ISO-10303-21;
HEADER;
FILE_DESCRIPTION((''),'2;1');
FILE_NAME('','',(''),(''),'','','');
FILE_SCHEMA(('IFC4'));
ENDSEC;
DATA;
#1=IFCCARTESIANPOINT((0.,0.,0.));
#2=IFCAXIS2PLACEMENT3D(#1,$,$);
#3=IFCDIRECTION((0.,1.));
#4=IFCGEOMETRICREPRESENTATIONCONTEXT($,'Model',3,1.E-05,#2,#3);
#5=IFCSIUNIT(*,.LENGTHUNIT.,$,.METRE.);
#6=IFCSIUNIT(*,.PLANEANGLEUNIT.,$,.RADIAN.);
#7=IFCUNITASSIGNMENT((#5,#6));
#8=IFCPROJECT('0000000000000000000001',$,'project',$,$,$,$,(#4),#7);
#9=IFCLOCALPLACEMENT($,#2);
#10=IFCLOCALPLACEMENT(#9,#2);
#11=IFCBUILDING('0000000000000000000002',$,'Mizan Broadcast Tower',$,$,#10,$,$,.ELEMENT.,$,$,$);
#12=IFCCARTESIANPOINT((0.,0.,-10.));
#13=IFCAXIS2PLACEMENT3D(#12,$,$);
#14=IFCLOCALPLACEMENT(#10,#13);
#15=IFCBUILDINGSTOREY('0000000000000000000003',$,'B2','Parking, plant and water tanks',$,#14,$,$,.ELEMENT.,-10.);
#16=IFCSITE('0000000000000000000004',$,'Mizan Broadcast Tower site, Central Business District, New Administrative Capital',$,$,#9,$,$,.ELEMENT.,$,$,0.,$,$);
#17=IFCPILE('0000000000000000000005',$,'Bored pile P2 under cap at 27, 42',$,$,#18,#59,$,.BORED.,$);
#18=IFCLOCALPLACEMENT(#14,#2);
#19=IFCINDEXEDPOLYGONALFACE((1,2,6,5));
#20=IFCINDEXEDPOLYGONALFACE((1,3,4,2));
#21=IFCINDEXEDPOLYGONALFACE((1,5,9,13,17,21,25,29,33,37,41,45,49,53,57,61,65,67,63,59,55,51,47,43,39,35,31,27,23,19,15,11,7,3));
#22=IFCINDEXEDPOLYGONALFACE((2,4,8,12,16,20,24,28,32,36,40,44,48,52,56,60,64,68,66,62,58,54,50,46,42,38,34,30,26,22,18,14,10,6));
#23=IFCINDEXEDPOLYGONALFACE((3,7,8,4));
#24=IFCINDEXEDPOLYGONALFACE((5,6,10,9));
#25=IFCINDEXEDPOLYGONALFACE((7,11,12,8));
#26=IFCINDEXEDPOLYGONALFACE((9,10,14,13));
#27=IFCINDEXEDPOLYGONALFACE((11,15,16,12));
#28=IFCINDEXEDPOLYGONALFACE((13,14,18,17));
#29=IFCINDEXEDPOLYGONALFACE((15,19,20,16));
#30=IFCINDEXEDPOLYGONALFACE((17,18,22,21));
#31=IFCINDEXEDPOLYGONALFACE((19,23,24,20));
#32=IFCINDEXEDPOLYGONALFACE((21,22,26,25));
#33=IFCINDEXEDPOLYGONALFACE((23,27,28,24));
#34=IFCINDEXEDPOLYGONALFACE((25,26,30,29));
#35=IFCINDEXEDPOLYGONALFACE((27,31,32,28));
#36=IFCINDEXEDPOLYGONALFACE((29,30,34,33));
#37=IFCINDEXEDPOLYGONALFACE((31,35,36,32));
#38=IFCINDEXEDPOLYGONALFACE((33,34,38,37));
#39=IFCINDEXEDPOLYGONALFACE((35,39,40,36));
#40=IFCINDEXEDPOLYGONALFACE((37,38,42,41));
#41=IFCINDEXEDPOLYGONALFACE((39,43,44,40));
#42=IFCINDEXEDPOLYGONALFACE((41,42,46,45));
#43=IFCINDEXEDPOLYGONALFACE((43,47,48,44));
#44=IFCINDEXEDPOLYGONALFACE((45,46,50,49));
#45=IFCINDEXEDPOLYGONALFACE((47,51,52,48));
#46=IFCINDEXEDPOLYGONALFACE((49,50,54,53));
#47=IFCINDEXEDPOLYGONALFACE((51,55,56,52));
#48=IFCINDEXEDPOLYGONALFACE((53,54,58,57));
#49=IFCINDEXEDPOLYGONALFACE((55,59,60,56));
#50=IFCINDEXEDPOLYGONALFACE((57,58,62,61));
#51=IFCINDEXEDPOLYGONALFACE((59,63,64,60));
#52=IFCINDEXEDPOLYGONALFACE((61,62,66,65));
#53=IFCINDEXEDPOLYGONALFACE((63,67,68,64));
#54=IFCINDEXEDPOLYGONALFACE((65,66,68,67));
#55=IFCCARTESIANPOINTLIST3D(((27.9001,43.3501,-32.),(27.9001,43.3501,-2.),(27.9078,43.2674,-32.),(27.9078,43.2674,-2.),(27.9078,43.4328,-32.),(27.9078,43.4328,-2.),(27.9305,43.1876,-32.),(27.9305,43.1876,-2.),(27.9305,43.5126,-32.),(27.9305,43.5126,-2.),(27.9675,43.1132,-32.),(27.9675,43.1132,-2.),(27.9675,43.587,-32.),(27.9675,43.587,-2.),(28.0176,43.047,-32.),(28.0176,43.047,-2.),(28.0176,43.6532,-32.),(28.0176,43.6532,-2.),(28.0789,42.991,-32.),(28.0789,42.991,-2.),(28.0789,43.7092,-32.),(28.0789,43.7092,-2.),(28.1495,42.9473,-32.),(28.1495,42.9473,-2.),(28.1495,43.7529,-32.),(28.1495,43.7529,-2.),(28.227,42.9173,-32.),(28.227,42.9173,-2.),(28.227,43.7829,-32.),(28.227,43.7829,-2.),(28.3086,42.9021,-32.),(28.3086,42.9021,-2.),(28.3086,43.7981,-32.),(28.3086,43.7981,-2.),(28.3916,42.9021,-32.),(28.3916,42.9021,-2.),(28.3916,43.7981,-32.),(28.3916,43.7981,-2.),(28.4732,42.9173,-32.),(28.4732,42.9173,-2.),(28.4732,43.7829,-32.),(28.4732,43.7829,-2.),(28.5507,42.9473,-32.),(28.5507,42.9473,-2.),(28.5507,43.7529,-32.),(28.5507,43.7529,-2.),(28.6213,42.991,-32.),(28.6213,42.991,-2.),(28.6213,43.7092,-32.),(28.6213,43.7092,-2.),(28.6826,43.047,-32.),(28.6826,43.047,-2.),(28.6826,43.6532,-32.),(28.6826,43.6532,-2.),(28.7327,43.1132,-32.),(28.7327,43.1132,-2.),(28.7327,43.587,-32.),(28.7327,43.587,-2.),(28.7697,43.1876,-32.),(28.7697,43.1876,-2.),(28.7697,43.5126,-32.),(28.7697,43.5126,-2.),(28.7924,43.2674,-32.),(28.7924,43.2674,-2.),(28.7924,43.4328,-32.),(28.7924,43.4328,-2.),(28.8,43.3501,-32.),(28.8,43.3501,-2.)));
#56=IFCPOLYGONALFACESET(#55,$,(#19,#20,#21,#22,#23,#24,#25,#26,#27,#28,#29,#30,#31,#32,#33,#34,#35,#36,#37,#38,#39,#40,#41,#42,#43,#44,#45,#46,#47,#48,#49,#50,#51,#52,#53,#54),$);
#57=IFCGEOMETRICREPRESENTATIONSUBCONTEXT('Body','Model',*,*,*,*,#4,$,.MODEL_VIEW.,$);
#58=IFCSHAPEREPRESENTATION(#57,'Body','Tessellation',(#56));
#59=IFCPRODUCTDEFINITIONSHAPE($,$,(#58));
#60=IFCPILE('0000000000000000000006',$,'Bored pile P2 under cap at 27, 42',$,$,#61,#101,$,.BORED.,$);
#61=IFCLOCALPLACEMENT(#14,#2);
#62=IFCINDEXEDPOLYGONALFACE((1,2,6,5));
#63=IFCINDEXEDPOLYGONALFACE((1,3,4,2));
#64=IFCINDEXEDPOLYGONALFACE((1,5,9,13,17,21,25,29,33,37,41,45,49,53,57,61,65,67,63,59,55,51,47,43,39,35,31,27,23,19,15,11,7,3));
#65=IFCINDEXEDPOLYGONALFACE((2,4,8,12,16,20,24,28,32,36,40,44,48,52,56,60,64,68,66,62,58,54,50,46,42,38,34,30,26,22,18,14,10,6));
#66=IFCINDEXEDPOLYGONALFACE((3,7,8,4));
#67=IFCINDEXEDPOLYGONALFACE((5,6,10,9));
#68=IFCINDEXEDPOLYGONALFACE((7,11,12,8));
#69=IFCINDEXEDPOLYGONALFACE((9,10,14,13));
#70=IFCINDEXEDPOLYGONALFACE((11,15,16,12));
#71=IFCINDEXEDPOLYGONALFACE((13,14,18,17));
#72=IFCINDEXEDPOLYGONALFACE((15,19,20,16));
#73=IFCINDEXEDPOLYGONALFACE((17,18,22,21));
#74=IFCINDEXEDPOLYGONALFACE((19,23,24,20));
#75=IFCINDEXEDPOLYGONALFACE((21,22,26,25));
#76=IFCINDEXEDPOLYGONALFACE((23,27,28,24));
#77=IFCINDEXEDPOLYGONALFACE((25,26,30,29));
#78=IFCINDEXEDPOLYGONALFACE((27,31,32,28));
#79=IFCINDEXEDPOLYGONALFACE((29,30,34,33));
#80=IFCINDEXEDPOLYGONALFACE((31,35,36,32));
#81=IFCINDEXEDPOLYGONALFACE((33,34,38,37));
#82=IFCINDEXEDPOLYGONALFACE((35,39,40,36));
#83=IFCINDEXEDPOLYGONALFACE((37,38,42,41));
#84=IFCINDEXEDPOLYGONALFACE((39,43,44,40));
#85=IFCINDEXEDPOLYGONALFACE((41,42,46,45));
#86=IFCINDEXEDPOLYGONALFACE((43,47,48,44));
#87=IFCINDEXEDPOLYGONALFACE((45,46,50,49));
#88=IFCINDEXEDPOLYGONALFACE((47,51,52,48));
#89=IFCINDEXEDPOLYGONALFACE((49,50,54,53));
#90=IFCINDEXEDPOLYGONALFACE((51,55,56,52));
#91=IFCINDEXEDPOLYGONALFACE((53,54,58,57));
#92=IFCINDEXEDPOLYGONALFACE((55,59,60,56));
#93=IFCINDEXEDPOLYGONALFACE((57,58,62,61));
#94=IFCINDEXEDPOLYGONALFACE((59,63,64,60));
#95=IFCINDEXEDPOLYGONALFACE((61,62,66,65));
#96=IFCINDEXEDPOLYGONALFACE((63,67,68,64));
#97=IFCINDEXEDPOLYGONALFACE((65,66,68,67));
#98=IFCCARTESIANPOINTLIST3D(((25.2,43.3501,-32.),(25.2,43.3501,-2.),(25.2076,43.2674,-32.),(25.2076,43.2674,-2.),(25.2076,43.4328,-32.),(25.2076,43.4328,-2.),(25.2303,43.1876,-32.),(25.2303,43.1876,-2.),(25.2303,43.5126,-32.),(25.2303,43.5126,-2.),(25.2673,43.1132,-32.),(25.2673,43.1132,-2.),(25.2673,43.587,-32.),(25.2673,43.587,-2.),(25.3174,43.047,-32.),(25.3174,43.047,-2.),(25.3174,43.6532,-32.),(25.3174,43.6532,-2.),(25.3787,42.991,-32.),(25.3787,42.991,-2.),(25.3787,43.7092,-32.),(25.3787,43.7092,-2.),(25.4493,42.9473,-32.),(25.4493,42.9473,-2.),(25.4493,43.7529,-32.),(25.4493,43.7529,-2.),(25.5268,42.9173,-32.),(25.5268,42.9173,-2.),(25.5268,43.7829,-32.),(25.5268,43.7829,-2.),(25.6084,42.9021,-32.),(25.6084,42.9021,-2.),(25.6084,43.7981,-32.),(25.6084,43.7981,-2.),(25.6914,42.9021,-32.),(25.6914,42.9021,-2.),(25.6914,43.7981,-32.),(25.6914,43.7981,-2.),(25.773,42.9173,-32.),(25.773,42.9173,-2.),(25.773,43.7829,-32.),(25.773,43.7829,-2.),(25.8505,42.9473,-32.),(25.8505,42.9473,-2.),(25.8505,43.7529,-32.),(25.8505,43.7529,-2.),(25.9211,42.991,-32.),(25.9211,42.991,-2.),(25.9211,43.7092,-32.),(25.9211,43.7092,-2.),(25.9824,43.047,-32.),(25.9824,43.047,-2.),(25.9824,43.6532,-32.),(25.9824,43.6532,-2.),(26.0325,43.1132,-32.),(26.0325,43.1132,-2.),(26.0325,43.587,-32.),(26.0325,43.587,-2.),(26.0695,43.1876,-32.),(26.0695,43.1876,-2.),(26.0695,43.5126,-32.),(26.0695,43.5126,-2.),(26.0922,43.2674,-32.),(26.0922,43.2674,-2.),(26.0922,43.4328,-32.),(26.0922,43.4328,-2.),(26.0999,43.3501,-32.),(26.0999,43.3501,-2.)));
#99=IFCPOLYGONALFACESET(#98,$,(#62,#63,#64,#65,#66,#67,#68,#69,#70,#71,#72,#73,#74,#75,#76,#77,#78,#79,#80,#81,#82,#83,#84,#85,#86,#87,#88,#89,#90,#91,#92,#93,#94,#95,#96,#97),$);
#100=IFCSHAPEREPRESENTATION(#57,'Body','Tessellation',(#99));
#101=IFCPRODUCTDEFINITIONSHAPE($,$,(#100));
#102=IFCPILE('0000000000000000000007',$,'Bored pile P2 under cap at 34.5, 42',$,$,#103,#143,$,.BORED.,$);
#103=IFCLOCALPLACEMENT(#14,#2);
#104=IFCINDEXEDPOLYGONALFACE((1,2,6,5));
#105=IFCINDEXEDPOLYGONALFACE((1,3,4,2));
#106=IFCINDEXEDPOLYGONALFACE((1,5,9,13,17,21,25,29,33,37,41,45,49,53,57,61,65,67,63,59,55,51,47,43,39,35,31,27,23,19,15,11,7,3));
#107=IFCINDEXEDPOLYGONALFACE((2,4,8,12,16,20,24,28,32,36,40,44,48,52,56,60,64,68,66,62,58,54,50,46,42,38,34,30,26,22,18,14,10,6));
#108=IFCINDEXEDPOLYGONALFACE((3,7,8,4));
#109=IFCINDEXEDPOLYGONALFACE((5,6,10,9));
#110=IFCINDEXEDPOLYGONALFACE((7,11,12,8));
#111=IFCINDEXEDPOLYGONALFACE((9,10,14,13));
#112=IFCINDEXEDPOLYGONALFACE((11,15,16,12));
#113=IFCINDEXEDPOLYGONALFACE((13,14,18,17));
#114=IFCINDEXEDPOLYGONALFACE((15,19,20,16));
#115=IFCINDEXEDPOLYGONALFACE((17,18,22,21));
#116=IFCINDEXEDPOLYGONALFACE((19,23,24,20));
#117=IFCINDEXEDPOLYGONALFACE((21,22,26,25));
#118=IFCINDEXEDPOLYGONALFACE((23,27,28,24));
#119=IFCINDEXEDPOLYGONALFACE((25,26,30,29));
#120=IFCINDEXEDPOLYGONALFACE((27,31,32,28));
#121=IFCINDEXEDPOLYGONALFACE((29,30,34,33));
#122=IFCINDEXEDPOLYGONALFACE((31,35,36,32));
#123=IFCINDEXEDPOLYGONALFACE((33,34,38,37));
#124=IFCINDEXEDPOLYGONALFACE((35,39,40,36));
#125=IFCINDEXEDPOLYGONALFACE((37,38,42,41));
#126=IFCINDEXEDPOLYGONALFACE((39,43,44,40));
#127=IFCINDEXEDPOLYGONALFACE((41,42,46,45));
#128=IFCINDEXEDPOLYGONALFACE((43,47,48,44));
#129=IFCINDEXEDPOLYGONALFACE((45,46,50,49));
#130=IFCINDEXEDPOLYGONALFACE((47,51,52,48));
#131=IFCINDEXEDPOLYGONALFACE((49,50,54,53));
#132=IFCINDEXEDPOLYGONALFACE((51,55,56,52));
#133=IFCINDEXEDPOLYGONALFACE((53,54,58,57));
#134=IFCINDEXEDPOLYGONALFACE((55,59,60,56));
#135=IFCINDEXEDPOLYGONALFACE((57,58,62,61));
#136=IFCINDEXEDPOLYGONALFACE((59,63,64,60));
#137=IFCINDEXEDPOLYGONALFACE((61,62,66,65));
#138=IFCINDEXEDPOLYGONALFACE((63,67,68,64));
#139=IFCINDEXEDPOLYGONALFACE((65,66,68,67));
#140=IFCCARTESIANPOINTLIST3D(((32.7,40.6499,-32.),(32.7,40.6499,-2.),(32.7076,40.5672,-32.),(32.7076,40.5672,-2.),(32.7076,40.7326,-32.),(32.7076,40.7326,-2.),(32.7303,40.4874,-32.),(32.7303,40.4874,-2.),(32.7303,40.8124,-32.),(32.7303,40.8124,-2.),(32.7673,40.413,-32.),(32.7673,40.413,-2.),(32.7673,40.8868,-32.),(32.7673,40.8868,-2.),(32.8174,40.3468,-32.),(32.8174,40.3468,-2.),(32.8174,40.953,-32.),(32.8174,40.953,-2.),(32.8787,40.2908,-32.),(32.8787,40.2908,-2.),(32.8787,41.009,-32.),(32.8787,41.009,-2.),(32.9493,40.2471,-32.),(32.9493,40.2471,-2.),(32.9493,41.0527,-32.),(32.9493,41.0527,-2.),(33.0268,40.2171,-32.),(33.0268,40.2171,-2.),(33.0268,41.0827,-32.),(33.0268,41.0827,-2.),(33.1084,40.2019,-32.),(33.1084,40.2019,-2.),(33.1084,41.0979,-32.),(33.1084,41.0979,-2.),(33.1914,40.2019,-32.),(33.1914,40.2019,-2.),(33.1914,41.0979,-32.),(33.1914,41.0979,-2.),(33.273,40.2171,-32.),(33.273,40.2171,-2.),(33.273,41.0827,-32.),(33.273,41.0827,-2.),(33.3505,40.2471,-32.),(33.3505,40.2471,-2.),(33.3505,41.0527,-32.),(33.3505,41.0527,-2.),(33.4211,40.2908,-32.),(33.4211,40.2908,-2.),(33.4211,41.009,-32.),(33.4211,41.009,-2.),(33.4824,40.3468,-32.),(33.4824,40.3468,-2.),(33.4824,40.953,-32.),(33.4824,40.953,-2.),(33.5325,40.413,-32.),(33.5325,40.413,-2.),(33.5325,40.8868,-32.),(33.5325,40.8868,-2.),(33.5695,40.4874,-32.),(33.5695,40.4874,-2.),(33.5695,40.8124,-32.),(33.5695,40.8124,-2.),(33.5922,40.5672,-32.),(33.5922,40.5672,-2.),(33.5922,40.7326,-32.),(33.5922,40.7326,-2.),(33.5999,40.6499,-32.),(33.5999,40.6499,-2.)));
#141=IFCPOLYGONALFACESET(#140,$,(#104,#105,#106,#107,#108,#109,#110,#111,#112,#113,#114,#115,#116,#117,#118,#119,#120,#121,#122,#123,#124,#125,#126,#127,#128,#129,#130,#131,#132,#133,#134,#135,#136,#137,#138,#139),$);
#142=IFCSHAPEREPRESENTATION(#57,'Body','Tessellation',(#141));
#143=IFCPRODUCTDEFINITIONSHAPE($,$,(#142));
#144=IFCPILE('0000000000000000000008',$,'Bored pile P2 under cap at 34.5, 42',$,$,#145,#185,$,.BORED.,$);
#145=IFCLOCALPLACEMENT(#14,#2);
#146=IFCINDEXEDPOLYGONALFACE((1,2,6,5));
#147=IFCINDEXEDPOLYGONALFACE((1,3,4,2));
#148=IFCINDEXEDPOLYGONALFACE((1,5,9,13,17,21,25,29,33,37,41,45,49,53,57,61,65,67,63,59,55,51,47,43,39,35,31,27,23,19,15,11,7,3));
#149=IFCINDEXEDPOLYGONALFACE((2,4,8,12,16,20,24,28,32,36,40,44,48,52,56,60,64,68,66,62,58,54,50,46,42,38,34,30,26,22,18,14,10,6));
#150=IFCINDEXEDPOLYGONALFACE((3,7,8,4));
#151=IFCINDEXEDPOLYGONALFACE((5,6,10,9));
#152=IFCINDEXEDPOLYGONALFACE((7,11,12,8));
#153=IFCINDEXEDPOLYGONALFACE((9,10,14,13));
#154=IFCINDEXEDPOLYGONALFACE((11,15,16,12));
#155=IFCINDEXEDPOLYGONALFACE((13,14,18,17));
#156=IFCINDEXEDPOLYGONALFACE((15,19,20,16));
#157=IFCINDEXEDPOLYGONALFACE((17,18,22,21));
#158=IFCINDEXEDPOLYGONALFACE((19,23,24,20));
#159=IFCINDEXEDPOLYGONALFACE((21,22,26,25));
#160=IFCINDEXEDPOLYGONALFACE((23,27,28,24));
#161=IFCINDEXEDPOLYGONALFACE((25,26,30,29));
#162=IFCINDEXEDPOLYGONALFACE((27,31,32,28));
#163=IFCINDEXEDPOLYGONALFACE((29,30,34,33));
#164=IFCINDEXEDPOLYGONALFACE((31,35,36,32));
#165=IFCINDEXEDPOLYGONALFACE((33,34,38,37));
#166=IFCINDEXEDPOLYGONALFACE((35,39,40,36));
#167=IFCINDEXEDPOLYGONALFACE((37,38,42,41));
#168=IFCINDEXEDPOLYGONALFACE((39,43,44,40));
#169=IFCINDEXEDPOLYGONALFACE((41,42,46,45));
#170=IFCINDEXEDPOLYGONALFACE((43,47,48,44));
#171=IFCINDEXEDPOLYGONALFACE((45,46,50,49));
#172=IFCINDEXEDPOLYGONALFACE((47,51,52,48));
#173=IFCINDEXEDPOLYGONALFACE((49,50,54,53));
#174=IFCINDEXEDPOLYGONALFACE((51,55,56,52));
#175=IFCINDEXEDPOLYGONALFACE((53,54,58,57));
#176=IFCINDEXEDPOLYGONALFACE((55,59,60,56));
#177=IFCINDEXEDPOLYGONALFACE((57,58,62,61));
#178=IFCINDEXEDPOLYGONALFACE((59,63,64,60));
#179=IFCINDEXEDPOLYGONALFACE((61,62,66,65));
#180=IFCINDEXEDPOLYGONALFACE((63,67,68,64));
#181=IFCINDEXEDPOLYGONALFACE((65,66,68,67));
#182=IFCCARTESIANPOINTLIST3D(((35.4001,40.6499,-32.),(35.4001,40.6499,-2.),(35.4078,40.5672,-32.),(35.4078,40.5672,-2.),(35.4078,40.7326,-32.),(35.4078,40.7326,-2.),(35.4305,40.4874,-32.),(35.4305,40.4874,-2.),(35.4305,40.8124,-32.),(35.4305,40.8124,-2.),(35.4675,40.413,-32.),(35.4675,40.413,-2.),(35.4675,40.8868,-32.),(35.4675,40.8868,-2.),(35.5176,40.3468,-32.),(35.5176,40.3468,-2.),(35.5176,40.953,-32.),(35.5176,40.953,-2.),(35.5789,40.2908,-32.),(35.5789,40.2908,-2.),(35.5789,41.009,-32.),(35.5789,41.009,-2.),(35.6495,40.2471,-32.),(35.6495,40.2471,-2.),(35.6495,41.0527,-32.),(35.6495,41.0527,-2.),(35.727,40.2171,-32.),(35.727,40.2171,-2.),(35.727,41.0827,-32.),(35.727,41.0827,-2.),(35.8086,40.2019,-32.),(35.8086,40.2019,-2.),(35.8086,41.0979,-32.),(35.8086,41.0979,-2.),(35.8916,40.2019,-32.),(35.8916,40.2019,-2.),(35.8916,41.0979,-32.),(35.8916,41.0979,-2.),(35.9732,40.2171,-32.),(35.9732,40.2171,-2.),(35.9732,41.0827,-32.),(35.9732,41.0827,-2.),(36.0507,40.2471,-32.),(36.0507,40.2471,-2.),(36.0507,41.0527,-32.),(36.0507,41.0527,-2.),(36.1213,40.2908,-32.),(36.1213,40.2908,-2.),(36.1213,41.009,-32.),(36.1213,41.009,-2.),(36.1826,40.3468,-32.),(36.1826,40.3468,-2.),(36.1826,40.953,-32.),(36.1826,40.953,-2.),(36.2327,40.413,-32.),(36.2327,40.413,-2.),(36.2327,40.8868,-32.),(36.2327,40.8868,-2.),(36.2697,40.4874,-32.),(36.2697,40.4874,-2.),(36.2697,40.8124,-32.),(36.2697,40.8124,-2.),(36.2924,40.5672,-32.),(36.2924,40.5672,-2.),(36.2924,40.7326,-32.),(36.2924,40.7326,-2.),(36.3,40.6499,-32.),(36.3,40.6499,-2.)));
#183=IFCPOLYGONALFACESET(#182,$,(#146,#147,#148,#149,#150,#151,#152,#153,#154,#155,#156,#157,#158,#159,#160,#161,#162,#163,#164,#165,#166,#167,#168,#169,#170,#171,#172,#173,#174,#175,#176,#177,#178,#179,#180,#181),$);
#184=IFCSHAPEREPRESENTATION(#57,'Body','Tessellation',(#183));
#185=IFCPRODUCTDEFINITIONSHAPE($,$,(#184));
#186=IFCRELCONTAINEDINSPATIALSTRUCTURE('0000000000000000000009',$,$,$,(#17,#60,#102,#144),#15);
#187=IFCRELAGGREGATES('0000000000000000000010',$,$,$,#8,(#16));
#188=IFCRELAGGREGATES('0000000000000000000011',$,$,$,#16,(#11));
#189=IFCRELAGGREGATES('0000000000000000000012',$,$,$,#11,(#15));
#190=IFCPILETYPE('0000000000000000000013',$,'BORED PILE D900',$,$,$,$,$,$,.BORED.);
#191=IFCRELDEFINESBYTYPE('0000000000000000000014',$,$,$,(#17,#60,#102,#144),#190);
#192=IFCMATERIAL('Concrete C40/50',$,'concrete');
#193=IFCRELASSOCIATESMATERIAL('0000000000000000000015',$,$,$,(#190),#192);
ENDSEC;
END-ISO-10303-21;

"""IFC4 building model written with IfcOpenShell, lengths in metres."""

from ifc_helpers import new_model, si_unit, direction, frame, origin, origin_2d, place, context, subcontext, project, spatial, circle, extrude, material, material_profile, profile_set, type_object, element, save


model = new_model("IFC4")

# Units and contexts
model_context = context("Model", 3, precision=1e-05, world=origin(), true_north=direction((0.0, 1.0)))
body_context = subcontext(model_context, "Body", "Model", "MODEL_VIEW")
ifc_project = project(units=[si_unit("LENGTHUNIT", "METRE"), si_unit("PLANEANGLEUNIT", "RADIAN")], contexts=[model_context])

# Site, building, storey
site_placement = place(None, origin())
site = spatial("IfcSite", under=ifc_project, at=site_placement, Name="Mizan Broadcast Tower site, Central Business District, New Administrative Capital", CompositionType="ELEMENT", RefElevation=0.0)
building_placement = place(site_placement, origin())
building = spatial("IfcBuilding", under=site, at=building_placement, Name="Mizan Broadcast Tower", CompositionType="ELEMENT")
storey_placement = place(building_placement, frame((0.0, 0.0, -10.0)))
storey = spatial("IfcBuildingStorey", under=building, at=storey_placement, Name="B2", Description="Parking, plant and water tanks", CompositionType="ELEMENT", Elevation=-10.0)

# Piles
ifc_material_1 = material(Name="Concrete C40/50", Category="concrete")
ifc_material_profile_1 = material_profile(ifc_material_1, circle(Radius=0.45, at=origin_2d()), Name="D900")
ifc_profile_set_1 = profile_set([ifc_material_profile_1], Name="Concrete C40/50")
pile_type = type_object("IfcPileType", Name="BORED PILE D900", PredefinedType="BORED", material=ifc_profile_set_1)
for number, where, z_axis, x_axis, name in (
    (1, (28.3501, 43.3501, -2.0), (0.0, 0.0, -1.0), (1.0, 0.0, 0.0), "Bored pile P2 under cap at 27, 42"),
    (2, (25.6499, 43.3501, -2.0), (0.0, 0.0, -1.0), (1.0, 0.0, 0.0), "Bored pile P2 under cap at 27, 42"),
    (3, (33.1499, 40.6499, -2.0), (0.0, 0.0, -1.0), (1.0, 0.0, 0.0), "Bored pile P2 under cap at 34.5, 42"),
    (4, (35.8501, 40.6499, -2.0), (0.0, 0.0, -1.0), (1.0, 0.0, 0.0), "Bored pile P2 under cap at 34.5, 42"),
):
    element("IfcPile", number, at=place(storey_placement, frame(where, z_axis=z_axis, x_axis=x_axis)), inside=storey, type_object=pile_type, Name=name, PredefinedType="BORED", context=body_context, shape_type="SweptSolid", body=[
        extrude(circle(Radius=0.45, at=origin_2d()), origin(), (0.0, 0.0, 1.0), 30.0),
    ])

save(model, "model.ifc")
